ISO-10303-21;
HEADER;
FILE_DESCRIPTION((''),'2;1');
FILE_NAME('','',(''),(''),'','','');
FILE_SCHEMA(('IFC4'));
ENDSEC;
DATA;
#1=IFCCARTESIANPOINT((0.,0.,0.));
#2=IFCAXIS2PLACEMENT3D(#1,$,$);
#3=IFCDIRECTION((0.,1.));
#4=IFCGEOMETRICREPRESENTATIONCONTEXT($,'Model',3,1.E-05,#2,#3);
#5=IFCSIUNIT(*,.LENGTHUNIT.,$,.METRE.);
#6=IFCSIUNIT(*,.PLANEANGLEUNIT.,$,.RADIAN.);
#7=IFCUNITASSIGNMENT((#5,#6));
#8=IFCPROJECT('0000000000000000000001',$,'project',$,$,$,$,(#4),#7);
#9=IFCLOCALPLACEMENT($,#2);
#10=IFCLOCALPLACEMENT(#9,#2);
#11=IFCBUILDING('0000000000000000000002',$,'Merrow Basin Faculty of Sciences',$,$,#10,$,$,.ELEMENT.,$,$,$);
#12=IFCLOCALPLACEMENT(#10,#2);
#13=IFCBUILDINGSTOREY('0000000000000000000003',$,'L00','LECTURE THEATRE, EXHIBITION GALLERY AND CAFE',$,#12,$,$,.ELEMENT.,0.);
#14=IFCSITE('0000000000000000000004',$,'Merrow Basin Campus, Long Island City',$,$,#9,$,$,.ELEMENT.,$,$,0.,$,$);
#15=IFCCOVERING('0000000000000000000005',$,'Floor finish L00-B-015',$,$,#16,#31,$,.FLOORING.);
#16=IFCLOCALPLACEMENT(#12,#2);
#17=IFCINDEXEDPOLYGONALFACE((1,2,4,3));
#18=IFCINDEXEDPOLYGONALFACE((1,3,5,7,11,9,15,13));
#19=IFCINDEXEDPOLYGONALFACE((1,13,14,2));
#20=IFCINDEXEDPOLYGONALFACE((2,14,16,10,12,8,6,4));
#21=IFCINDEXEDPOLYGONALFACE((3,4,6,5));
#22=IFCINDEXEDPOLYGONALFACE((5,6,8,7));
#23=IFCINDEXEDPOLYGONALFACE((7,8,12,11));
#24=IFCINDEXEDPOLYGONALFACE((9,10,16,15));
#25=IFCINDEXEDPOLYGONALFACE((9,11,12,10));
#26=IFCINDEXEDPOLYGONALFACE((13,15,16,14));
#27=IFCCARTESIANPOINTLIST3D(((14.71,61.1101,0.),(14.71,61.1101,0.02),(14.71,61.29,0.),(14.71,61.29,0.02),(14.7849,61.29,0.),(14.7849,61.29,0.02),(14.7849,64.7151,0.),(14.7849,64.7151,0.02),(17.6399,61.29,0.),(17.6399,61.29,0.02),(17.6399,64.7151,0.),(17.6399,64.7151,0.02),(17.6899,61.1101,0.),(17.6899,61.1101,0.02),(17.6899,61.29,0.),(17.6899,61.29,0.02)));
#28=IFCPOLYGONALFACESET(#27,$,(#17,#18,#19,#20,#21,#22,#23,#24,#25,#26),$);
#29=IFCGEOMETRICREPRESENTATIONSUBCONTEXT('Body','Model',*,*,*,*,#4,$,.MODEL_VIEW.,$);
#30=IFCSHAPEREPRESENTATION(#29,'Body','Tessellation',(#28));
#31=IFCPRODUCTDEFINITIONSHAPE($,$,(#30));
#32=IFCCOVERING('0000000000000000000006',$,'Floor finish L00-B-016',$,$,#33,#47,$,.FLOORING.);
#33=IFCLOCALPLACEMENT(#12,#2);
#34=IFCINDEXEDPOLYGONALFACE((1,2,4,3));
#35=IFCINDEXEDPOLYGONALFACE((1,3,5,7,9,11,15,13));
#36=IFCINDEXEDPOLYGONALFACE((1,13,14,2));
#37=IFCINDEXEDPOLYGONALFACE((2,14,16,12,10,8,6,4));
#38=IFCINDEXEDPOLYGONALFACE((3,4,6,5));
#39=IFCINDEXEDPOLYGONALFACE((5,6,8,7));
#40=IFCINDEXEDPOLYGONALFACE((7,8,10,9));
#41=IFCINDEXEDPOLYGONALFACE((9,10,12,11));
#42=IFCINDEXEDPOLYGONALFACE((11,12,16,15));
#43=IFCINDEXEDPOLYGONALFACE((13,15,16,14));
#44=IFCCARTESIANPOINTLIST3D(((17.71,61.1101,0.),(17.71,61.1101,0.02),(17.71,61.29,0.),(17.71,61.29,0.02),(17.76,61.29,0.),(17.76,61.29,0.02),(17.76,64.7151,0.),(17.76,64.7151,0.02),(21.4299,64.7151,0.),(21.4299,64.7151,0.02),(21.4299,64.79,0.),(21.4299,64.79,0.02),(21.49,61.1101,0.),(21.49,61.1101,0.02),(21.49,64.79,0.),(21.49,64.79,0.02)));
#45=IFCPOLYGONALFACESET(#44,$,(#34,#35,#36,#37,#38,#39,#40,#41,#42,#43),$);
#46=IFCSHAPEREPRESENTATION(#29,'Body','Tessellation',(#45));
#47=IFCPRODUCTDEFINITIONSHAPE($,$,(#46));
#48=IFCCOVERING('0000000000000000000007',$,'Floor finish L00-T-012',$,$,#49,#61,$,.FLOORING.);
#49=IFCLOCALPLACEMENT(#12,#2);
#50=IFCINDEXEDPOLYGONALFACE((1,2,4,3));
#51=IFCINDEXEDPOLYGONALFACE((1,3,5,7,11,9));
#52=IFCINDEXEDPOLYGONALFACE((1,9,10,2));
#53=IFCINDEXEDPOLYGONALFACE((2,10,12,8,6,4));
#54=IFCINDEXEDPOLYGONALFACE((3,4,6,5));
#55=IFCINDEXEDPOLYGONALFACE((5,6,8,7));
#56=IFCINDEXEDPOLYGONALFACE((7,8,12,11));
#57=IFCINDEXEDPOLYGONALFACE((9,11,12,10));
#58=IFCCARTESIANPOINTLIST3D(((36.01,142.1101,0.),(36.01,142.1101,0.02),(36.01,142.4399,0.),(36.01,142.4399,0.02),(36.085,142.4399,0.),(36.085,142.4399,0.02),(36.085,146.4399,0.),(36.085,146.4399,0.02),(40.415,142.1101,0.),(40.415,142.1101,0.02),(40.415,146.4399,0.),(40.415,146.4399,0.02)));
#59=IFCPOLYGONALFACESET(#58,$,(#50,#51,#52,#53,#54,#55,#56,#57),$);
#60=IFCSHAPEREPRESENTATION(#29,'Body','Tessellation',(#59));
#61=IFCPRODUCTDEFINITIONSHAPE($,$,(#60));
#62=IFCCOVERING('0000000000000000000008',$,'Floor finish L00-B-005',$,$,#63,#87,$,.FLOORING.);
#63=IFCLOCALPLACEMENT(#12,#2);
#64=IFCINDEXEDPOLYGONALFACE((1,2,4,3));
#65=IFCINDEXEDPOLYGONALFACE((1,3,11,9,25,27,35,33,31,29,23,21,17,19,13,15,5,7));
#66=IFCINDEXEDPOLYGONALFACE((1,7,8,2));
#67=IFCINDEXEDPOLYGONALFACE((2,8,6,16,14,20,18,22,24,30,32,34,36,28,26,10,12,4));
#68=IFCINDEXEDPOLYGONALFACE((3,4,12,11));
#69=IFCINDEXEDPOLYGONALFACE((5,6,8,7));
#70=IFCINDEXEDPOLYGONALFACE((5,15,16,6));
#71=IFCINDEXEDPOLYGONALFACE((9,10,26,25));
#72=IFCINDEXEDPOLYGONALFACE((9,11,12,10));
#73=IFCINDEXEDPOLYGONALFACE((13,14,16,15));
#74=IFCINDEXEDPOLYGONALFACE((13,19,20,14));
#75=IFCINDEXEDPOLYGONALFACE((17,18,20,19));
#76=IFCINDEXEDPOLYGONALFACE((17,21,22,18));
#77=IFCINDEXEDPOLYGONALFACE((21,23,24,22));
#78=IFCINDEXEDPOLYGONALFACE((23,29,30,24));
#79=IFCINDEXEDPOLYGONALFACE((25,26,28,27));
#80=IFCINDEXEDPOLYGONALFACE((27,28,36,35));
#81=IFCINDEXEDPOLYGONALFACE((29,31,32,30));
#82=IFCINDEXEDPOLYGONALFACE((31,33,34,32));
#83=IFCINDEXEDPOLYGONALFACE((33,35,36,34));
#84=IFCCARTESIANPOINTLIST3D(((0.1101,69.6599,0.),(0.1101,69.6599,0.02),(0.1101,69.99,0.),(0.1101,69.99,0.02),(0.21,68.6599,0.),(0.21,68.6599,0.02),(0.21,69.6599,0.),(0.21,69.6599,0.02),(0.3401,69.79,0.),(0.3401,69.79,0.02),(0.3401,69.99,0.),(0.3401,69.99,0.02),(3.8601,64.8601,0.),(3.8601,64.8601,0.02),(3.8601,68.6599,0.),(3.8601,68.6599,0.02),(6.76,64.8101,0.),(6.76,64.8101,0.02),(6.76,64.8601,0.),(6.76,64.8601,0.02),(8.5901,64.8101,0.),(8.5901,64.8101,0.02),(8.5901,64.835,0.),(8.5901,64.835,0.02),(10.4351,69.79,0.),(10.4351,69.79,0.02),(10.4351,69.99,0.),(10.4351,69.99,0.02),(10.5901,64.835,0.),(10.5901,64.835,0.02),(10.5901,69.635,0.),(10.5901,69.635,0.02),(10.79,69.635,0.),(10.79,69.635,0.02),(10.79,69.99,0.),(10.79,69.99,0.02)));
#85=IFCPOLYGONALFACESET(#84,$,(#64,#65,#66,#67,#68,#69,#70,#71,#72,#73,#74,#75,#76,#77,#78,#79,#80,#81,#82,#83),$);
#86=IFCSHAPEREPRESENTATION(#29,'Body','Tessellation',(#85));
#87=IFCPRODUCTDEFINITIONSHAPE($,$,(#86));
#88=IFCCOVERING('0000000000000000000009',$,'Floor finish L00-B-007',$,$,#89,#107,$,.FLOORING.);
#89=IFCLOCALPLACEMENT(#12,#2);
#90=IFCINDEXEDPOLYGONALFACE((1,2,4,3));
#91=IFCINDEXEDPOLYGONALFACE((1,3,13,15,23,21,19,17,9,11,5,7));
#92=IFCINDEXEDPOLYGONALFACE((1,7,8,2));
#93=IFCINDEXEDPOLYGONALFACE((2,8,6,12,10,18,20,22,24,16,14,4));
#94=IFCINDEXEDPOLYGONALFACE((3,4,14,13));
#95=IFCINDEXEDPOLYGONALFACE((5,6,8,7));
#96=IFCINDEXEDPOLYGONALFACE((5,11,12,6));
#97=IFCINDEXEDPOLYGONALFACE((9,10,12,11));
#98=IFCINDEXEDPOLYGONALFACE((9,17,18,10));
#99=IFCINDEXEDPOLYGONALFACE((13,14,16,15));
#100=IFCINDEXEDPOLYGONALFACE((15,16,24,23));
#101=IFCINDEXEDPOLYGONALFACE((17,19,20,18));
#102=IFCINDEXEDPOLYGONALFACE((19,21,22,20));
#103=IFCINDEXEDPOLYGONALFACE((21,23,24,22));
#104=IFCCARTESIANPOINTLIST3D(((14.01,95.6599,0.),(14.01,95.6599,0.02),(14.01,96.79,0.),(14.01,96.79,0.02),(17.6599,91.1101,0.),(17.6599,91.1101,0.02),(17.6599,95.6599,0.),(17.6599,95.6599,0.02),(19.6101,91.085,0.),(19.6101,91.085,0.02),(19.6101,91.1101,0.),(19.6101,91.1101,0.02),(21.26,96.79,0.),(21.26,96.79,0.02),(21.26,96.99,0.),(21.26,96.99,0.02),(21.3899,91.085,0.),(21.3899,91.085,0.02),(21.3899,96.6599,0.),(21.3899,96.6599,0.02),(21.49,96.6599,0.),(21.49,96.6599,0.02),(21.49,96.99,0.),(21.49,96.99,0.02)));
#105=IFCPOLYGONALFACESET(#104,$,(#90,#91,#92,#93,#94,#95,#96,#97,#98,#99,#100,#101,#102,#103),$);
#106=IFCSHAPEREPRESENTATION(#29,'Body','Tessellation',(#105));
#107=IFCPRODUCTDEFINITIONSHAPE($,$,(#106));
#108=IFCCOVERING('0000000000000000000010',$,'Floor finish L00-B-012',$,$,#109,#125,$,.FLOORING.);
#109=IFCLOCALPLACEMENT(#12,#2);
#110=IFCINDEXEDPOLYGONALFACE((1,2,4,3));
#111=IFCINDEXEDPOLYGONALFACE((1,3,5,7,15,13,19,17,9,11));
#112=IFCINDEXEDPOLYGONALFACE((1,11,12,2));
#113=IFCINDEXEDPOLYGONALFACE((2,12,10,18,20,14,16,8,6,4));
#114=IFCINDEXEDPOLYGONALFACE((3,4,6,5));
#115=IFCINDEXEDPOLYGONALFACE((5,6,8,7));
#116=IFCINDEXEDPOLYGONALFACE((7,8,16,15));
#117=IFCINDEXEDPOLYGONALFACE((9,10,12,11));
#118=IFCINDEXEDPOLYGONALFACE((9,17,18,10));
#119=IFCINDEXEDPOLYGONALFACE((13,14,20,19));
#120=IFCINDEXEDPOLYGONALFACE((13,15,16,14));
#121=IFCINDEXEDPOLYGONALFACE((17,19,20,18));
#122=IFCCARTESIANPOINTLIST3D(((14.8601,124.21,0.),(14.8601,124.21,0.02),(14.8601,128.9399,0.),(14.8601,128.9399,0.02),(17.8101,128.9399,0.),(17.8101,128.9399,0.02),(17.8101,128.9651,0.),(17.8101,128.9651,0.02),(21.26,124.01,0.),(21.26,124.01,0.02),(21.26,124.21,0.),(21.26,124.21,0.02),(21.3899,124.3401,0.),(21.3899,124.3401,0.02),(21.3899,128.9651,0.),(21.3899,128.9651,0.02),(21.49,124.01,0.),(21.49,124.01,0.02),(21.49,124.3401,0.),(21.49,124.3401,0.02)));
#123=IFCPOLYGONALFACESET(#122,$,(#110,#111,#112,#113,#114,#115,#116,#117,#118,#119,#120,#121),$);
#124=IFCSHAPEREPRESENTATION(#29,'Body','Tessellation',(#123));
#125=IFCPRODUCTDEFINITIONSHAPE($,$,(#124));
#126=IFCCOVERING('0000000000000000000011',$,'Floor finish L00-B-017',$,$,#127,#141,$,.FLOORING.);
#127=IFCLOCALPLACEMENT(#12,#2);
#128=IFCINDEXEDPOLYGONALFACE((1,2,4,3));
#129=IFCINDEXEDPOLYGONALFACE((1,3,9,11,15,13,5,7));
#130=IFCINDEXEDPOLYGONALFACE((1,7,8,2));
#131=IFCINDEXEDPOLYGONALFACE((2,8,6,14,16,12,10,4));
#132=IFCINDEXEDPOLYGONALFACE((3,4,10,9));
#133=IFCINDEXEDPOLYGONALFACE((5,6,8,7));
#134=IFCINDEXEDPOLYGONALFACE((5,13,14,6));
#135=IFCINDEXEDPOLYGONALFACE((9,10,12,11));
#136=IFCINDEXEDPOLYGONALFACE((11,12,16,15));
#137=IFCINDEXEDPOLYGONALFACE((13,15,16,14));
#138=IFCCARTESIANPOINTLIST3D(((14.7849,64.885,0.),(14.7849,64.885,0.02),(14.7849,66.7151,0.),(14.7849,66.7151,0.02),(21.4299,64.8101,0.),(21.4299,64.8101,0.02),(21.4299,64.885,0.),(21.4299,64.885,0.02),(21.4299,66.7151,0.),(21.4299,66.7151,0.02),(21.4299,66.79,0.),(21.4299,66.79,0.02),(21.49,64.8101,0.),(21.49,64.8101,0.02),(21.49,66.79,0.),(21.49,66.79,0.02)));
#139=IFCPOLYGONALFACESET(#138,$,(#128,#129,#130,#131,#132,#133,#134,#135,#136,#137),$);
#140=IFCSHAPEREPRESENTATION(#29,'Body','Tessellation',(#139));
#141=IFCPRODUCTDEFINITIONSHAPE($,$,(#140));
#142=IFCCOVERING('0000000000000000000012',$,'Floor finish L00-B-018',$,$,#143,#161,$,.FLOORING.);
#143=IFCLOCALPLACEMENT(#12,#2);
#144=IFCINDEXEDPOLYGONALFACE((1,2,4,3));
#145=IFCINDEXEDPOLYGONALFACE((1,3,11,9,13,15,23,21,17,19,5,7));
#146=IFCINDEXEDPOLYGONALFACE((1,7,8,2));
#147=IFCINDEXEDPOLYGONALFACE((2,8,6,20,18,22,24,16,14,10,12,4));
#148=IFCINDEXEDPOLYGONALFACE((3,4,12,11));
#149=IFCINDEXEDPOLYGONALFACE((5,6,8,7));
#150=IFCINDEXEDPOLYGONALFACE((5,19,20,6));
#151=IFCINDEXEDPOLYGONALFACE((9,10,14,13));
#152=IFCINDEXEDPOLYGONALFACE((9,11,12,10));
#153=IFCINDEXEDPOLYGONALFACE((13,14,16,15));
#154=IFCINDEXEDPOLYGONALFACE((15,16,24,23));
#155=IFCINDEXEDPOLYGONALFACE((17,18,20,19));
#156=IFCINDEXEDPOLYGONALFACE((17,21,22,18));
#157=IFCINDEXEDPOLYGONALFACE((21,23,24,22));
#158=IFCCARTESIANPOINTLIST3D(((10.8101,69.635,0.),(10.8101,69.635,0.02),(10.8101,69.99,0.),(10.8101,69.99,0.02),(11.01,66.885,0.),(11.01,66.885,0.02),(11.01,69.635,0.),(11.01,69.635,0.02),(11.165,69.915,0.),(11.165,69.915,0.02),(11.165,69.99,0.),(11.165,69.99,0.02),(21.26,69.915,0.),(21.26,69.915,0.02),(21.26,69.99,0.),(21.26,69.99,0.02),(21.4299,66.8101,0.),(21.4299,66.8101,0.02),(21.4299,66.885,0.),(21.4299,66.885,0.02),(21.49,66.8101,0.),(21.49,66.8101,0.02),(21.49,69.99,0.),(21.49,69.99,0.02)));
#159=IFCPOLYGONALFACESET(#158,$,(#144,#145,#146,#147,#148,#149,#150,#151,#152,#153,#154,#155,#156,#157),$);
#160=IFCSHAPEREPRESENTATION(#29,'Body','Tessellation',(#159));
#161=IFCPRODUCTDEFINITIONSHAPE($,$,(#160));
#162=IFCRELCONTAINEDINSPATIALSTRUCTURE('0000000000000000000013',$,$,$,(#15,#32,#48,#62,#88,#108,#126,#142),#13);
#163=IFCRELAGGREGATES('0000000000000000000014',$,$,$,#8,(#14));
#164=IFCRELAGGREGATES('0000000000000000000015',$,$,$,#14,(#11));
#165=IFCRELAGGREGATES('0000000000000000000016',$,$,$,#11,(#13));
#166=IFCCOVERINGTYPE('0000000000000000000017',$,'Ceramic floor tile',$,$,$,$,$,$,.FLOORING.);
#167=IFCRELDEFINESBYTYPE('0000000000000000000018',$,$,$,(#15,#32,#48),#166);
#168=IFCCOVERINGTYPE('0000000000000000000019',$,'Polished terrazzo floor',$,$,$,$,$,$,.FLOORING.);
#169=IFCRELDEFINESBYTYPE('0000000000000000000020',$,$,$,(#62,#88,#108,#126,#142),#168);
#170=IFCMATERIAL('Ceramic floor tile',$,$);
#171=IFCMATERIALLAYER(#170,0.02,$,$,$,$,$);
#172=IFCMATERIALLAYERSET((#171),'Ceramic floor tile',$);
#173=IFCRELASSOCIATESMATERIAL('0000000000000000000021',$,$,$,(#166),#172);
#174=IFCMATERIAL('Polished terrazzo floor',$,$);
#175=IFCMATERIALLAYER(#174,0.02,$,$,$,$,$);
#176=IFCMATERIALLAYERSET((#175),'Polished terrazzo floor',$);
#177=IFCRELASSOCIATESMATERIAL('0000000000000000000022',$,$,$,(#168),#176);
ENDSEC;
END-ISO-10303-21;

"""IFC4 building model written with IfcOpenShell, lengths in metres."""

from ifc_helpers import new_model, si_unit, direction, origin, place, context, subcontext, project, spatial, polyline, outline, extrude, material, layer, layer_set, type_object, element, save


model = new_model("IFC4")

# Units and contexts
model_context = context("Model", 3, precision=1e-05, world=origin(), true_north=direction((0.0, 1.0)))
body_context = subcontext(model_context, "Body", "Model", "MODEL_VIEW")
ifc_project = project(units=[si_unit("LENGTHUNIT", "METRE"), si_unit("PLANEANGLEUNIT", "RADIAN")], contexts=[model_context])

# Site, building, storey
site_placement = place(None, origin())
site = spatial("IfcSite", under=ifc_project, at=site_placement, Name="Merrow Basin Campus, Long Island City", CompositionType="ELEMENT", RefElevation=0.0)
building_placement = place(site_placement, origin())
building = spatial("IfcBuilding", under=site, at=building_placement, Name="Merrow Basin Faculty of Sciences", CompositionType="ELEMENT")
storey_placement = place(building_placement, origin())
storey = spatial("IfcBuildingStorey", under=building, at=storey_placement, Name="L00", Description="LECTURE THEATRE, EXHIBITION GALLERY AND CAFE", CompositionType="ELEMENT", Elevation=0.0)

# Coverings
ifc_material_1 = material(Name="Ceramic floor tile")
ifc_layer_1 = layer(ifc_material_1, 0.02)
ifc_layer_set_1 = layer_set([ifc_layer_1], Name="Ceramic floor tile")
covering_type_1 = type_object("IfcCoveringType", Name="Ceramic floor tile", PredefinedType="FLOORING", material=ifc_layer_set_1)
covering_1_placement = place(storey_placement, origin())
element("IfcCovering", 1, at=covering_1_placement, inside=storey, type_object=covering_type_1, Name="Floor finish L00-B-015", PredefinedType="FLOORING", context=body_context, shape_type="SweptSolid", body=[
    extrude(outline(polyline([(17.6899, 61.1101), (14.71, 61.1101), (14.71, 61.29), (14.7849, 61.29), (14.7849, 64.7151), (17.6399, 64.7151), (17.6399, 61.29), (17.6899, 61.29), (17.6899, 61.1101)])), origin(), (0.0, 0.0, 1.0), 0.02),
])
covering_2_placement = place(storey_placement, origin())
element("IfcCovering", 2, at=covering_2_placement, inside=storey, type_object=covering_type_1, Name="Floor finish L00-B-016", PredefinedType="FLOORING", context=body_context, shape_type="SweptSolid", body=[
    extrude(outline(polyline([(21.49, 64.79), (21.49, 61.1101), (17.71, 61.1101), (17.71, 61.29), (17.76, 61.29), (17.76, 64.7151), (21.4299, 64.7151), (21.4299, 64.79), (21.49, 64.79)])), origin(), (0.0, 0.0, 1.0), 0.02),
])
covering_3_placement = place(storey_placement, origin())
element("IfcCovering", 3, at=covering_3_placement, inside=storey, type_object=covering_type_1, Name="Floor finish L00-T-012", PredefinedType="FLOORING", context=body_context, shape_type="SweptSolid", body=[
    extrude(outline(polyline([(36.01, 142.1101), (36.01, 142.4399), (36.085, 142.4399), (36.085, 146.4399), (40.415, 146.4399), (40.415, 142.1101), (36.01, 142.1101)])), origin(), (0.0, 0.0, 1.0), 0.02),
])
ifc_material_2 = material(Name="Polished terrazzo floor")
ifc_layer_2 = layer(ifc_material_2, 0.02)
ifc_layer_set_2 = layer_set([ifc_layer_2], Name="Polished terrazzo floor")
covering_type_2 = type_object("IfcCoveringType", Name="Polished terrazzo floor", PredefinedType="FLOORING", material=ifc_layer_set_2)
covering_4_placement = place(storey_placement, origin())
element("IfcCovering", 4, at=covering_4_placement, inside=storey, type_object=covering_type_2, Name="Floor finish L00-B-005", PredefinedType="FLOORING", context=body_context, shape_type="SweptSolid", body=[
    extrude(outline(polyline([(10.5901, 64.835), (8.5901, 64.835), (8.5901, 64.8101), (6.76, 64.8101), (6.76, 64.8601), (3.8601, 64.8601), (3.8601, 68.6599), (0.21, 68.6599), (0.21, 69.6599), (0.1101, 69.6599), (0.1101, 69.99), (0.3401, 69.99), (0.3401, 69.79), (10.4351, 69.79), (10.4351, 69.99), (10.79, 69.99), (10.79, 69.635), (10.5901, 69.635), (10.5901, 64.835)])), origin(), (0.0, 0.0, 1.0), 0.02),
])
covering_5_placement = place(storey_placement, origin())
element("IfcCovering", 5, at=covering_5_placement, inside=storey, type_object=covering_type_2, Name="Floor finish L00-B-007", PredefinedType="FLOORING", context=body_context, shape_type="SweptSolid", body=[
    extrude(outline(polyline([(21.3899, 91.085), (19.6101, 91.085), (19.6101, 91.1101), (17.6599, 91.1101), (17.6599, 95.6599), (14.01, 95.6599), (14.01, 96.79), (21.26, 96.79), (21.26, 96.99), (21.49, 96.99), (21.49, 96.6599), (21.3899, 96.6599), (21.3899, 91.085)])), origin(), (0.0, 0.0, 1.0), 0.02),
])
covering_6_placement = place(storey_placement, origin())
element("IfcCovering", 6, at=covering_6_placement, inside=storey, type_object=covering_type_2, Name="Floor finish L00-B-012", PredefinedType="FLOORING", context=body_context, shape_type="SweptSolid", body=[
    extrude(outline(polyline([(21.3899, 128.9651), (21.3899, 124.3401), (21.49, 124.3401), (21.49, 124.01), (21.26, 124.01), (21.26, 124.21), (14.8601, 124.21), (14.8601, 128.9399), (17.8101, 128.9399), (17.8101, 128.9651), (21.3899, 128.9651)])), origin(), (0.0, 0.0, 1.0), 0.02),
])
covering_7_placement = place(storey_placement, origin())
element("IfcCovering", 7, at=covering_7_placement, inside=storey, type_object=covering_type_2, Name="Floor finish L00-B-017", PredefinedType="FLOORING", context=body_context, shape_type="SweptSolid", body=[
    extrude(outline(polyline([(21.49, 66.79), (21.49, 64.8101), (21.4299, 64.8101), (21.4299, 64.885), (14.7849, 64.885), (14.7849, 66.7151), (21.4299, 66.7151), (21.4299, 66.79), (21.49, 66.79)])), origin(), (0.0, 0.0, 1.0), 0.02),
])
covering_8_placement = place(storey_placement, origin())
element("IfcCovering", 8, at=covering_8_placement, inside=storey, type_object=covering_type_2, Name="Floor finish L00-B-018", PredefinedType="FLOORING", context=body_context, shape_type="SweptSolid", body=[
    extrude(outline(polyline([(11.165, 69.99), (11.165, 69.915), (21.26, 69.915), (21.26, 69.99), (21.49, 69.99), (21.49, 66.8101), (21.4299, 66.8101), (21.4299, 66.885), (11.01, 66.885), (11.01, 69.635), (10.8101, 69.635), (10.8101, 69.99), (11.165, 69.99)])), origin(), (0.0, 0.0, 1.0), 0.02),
])

save(model, "model.ifc")
